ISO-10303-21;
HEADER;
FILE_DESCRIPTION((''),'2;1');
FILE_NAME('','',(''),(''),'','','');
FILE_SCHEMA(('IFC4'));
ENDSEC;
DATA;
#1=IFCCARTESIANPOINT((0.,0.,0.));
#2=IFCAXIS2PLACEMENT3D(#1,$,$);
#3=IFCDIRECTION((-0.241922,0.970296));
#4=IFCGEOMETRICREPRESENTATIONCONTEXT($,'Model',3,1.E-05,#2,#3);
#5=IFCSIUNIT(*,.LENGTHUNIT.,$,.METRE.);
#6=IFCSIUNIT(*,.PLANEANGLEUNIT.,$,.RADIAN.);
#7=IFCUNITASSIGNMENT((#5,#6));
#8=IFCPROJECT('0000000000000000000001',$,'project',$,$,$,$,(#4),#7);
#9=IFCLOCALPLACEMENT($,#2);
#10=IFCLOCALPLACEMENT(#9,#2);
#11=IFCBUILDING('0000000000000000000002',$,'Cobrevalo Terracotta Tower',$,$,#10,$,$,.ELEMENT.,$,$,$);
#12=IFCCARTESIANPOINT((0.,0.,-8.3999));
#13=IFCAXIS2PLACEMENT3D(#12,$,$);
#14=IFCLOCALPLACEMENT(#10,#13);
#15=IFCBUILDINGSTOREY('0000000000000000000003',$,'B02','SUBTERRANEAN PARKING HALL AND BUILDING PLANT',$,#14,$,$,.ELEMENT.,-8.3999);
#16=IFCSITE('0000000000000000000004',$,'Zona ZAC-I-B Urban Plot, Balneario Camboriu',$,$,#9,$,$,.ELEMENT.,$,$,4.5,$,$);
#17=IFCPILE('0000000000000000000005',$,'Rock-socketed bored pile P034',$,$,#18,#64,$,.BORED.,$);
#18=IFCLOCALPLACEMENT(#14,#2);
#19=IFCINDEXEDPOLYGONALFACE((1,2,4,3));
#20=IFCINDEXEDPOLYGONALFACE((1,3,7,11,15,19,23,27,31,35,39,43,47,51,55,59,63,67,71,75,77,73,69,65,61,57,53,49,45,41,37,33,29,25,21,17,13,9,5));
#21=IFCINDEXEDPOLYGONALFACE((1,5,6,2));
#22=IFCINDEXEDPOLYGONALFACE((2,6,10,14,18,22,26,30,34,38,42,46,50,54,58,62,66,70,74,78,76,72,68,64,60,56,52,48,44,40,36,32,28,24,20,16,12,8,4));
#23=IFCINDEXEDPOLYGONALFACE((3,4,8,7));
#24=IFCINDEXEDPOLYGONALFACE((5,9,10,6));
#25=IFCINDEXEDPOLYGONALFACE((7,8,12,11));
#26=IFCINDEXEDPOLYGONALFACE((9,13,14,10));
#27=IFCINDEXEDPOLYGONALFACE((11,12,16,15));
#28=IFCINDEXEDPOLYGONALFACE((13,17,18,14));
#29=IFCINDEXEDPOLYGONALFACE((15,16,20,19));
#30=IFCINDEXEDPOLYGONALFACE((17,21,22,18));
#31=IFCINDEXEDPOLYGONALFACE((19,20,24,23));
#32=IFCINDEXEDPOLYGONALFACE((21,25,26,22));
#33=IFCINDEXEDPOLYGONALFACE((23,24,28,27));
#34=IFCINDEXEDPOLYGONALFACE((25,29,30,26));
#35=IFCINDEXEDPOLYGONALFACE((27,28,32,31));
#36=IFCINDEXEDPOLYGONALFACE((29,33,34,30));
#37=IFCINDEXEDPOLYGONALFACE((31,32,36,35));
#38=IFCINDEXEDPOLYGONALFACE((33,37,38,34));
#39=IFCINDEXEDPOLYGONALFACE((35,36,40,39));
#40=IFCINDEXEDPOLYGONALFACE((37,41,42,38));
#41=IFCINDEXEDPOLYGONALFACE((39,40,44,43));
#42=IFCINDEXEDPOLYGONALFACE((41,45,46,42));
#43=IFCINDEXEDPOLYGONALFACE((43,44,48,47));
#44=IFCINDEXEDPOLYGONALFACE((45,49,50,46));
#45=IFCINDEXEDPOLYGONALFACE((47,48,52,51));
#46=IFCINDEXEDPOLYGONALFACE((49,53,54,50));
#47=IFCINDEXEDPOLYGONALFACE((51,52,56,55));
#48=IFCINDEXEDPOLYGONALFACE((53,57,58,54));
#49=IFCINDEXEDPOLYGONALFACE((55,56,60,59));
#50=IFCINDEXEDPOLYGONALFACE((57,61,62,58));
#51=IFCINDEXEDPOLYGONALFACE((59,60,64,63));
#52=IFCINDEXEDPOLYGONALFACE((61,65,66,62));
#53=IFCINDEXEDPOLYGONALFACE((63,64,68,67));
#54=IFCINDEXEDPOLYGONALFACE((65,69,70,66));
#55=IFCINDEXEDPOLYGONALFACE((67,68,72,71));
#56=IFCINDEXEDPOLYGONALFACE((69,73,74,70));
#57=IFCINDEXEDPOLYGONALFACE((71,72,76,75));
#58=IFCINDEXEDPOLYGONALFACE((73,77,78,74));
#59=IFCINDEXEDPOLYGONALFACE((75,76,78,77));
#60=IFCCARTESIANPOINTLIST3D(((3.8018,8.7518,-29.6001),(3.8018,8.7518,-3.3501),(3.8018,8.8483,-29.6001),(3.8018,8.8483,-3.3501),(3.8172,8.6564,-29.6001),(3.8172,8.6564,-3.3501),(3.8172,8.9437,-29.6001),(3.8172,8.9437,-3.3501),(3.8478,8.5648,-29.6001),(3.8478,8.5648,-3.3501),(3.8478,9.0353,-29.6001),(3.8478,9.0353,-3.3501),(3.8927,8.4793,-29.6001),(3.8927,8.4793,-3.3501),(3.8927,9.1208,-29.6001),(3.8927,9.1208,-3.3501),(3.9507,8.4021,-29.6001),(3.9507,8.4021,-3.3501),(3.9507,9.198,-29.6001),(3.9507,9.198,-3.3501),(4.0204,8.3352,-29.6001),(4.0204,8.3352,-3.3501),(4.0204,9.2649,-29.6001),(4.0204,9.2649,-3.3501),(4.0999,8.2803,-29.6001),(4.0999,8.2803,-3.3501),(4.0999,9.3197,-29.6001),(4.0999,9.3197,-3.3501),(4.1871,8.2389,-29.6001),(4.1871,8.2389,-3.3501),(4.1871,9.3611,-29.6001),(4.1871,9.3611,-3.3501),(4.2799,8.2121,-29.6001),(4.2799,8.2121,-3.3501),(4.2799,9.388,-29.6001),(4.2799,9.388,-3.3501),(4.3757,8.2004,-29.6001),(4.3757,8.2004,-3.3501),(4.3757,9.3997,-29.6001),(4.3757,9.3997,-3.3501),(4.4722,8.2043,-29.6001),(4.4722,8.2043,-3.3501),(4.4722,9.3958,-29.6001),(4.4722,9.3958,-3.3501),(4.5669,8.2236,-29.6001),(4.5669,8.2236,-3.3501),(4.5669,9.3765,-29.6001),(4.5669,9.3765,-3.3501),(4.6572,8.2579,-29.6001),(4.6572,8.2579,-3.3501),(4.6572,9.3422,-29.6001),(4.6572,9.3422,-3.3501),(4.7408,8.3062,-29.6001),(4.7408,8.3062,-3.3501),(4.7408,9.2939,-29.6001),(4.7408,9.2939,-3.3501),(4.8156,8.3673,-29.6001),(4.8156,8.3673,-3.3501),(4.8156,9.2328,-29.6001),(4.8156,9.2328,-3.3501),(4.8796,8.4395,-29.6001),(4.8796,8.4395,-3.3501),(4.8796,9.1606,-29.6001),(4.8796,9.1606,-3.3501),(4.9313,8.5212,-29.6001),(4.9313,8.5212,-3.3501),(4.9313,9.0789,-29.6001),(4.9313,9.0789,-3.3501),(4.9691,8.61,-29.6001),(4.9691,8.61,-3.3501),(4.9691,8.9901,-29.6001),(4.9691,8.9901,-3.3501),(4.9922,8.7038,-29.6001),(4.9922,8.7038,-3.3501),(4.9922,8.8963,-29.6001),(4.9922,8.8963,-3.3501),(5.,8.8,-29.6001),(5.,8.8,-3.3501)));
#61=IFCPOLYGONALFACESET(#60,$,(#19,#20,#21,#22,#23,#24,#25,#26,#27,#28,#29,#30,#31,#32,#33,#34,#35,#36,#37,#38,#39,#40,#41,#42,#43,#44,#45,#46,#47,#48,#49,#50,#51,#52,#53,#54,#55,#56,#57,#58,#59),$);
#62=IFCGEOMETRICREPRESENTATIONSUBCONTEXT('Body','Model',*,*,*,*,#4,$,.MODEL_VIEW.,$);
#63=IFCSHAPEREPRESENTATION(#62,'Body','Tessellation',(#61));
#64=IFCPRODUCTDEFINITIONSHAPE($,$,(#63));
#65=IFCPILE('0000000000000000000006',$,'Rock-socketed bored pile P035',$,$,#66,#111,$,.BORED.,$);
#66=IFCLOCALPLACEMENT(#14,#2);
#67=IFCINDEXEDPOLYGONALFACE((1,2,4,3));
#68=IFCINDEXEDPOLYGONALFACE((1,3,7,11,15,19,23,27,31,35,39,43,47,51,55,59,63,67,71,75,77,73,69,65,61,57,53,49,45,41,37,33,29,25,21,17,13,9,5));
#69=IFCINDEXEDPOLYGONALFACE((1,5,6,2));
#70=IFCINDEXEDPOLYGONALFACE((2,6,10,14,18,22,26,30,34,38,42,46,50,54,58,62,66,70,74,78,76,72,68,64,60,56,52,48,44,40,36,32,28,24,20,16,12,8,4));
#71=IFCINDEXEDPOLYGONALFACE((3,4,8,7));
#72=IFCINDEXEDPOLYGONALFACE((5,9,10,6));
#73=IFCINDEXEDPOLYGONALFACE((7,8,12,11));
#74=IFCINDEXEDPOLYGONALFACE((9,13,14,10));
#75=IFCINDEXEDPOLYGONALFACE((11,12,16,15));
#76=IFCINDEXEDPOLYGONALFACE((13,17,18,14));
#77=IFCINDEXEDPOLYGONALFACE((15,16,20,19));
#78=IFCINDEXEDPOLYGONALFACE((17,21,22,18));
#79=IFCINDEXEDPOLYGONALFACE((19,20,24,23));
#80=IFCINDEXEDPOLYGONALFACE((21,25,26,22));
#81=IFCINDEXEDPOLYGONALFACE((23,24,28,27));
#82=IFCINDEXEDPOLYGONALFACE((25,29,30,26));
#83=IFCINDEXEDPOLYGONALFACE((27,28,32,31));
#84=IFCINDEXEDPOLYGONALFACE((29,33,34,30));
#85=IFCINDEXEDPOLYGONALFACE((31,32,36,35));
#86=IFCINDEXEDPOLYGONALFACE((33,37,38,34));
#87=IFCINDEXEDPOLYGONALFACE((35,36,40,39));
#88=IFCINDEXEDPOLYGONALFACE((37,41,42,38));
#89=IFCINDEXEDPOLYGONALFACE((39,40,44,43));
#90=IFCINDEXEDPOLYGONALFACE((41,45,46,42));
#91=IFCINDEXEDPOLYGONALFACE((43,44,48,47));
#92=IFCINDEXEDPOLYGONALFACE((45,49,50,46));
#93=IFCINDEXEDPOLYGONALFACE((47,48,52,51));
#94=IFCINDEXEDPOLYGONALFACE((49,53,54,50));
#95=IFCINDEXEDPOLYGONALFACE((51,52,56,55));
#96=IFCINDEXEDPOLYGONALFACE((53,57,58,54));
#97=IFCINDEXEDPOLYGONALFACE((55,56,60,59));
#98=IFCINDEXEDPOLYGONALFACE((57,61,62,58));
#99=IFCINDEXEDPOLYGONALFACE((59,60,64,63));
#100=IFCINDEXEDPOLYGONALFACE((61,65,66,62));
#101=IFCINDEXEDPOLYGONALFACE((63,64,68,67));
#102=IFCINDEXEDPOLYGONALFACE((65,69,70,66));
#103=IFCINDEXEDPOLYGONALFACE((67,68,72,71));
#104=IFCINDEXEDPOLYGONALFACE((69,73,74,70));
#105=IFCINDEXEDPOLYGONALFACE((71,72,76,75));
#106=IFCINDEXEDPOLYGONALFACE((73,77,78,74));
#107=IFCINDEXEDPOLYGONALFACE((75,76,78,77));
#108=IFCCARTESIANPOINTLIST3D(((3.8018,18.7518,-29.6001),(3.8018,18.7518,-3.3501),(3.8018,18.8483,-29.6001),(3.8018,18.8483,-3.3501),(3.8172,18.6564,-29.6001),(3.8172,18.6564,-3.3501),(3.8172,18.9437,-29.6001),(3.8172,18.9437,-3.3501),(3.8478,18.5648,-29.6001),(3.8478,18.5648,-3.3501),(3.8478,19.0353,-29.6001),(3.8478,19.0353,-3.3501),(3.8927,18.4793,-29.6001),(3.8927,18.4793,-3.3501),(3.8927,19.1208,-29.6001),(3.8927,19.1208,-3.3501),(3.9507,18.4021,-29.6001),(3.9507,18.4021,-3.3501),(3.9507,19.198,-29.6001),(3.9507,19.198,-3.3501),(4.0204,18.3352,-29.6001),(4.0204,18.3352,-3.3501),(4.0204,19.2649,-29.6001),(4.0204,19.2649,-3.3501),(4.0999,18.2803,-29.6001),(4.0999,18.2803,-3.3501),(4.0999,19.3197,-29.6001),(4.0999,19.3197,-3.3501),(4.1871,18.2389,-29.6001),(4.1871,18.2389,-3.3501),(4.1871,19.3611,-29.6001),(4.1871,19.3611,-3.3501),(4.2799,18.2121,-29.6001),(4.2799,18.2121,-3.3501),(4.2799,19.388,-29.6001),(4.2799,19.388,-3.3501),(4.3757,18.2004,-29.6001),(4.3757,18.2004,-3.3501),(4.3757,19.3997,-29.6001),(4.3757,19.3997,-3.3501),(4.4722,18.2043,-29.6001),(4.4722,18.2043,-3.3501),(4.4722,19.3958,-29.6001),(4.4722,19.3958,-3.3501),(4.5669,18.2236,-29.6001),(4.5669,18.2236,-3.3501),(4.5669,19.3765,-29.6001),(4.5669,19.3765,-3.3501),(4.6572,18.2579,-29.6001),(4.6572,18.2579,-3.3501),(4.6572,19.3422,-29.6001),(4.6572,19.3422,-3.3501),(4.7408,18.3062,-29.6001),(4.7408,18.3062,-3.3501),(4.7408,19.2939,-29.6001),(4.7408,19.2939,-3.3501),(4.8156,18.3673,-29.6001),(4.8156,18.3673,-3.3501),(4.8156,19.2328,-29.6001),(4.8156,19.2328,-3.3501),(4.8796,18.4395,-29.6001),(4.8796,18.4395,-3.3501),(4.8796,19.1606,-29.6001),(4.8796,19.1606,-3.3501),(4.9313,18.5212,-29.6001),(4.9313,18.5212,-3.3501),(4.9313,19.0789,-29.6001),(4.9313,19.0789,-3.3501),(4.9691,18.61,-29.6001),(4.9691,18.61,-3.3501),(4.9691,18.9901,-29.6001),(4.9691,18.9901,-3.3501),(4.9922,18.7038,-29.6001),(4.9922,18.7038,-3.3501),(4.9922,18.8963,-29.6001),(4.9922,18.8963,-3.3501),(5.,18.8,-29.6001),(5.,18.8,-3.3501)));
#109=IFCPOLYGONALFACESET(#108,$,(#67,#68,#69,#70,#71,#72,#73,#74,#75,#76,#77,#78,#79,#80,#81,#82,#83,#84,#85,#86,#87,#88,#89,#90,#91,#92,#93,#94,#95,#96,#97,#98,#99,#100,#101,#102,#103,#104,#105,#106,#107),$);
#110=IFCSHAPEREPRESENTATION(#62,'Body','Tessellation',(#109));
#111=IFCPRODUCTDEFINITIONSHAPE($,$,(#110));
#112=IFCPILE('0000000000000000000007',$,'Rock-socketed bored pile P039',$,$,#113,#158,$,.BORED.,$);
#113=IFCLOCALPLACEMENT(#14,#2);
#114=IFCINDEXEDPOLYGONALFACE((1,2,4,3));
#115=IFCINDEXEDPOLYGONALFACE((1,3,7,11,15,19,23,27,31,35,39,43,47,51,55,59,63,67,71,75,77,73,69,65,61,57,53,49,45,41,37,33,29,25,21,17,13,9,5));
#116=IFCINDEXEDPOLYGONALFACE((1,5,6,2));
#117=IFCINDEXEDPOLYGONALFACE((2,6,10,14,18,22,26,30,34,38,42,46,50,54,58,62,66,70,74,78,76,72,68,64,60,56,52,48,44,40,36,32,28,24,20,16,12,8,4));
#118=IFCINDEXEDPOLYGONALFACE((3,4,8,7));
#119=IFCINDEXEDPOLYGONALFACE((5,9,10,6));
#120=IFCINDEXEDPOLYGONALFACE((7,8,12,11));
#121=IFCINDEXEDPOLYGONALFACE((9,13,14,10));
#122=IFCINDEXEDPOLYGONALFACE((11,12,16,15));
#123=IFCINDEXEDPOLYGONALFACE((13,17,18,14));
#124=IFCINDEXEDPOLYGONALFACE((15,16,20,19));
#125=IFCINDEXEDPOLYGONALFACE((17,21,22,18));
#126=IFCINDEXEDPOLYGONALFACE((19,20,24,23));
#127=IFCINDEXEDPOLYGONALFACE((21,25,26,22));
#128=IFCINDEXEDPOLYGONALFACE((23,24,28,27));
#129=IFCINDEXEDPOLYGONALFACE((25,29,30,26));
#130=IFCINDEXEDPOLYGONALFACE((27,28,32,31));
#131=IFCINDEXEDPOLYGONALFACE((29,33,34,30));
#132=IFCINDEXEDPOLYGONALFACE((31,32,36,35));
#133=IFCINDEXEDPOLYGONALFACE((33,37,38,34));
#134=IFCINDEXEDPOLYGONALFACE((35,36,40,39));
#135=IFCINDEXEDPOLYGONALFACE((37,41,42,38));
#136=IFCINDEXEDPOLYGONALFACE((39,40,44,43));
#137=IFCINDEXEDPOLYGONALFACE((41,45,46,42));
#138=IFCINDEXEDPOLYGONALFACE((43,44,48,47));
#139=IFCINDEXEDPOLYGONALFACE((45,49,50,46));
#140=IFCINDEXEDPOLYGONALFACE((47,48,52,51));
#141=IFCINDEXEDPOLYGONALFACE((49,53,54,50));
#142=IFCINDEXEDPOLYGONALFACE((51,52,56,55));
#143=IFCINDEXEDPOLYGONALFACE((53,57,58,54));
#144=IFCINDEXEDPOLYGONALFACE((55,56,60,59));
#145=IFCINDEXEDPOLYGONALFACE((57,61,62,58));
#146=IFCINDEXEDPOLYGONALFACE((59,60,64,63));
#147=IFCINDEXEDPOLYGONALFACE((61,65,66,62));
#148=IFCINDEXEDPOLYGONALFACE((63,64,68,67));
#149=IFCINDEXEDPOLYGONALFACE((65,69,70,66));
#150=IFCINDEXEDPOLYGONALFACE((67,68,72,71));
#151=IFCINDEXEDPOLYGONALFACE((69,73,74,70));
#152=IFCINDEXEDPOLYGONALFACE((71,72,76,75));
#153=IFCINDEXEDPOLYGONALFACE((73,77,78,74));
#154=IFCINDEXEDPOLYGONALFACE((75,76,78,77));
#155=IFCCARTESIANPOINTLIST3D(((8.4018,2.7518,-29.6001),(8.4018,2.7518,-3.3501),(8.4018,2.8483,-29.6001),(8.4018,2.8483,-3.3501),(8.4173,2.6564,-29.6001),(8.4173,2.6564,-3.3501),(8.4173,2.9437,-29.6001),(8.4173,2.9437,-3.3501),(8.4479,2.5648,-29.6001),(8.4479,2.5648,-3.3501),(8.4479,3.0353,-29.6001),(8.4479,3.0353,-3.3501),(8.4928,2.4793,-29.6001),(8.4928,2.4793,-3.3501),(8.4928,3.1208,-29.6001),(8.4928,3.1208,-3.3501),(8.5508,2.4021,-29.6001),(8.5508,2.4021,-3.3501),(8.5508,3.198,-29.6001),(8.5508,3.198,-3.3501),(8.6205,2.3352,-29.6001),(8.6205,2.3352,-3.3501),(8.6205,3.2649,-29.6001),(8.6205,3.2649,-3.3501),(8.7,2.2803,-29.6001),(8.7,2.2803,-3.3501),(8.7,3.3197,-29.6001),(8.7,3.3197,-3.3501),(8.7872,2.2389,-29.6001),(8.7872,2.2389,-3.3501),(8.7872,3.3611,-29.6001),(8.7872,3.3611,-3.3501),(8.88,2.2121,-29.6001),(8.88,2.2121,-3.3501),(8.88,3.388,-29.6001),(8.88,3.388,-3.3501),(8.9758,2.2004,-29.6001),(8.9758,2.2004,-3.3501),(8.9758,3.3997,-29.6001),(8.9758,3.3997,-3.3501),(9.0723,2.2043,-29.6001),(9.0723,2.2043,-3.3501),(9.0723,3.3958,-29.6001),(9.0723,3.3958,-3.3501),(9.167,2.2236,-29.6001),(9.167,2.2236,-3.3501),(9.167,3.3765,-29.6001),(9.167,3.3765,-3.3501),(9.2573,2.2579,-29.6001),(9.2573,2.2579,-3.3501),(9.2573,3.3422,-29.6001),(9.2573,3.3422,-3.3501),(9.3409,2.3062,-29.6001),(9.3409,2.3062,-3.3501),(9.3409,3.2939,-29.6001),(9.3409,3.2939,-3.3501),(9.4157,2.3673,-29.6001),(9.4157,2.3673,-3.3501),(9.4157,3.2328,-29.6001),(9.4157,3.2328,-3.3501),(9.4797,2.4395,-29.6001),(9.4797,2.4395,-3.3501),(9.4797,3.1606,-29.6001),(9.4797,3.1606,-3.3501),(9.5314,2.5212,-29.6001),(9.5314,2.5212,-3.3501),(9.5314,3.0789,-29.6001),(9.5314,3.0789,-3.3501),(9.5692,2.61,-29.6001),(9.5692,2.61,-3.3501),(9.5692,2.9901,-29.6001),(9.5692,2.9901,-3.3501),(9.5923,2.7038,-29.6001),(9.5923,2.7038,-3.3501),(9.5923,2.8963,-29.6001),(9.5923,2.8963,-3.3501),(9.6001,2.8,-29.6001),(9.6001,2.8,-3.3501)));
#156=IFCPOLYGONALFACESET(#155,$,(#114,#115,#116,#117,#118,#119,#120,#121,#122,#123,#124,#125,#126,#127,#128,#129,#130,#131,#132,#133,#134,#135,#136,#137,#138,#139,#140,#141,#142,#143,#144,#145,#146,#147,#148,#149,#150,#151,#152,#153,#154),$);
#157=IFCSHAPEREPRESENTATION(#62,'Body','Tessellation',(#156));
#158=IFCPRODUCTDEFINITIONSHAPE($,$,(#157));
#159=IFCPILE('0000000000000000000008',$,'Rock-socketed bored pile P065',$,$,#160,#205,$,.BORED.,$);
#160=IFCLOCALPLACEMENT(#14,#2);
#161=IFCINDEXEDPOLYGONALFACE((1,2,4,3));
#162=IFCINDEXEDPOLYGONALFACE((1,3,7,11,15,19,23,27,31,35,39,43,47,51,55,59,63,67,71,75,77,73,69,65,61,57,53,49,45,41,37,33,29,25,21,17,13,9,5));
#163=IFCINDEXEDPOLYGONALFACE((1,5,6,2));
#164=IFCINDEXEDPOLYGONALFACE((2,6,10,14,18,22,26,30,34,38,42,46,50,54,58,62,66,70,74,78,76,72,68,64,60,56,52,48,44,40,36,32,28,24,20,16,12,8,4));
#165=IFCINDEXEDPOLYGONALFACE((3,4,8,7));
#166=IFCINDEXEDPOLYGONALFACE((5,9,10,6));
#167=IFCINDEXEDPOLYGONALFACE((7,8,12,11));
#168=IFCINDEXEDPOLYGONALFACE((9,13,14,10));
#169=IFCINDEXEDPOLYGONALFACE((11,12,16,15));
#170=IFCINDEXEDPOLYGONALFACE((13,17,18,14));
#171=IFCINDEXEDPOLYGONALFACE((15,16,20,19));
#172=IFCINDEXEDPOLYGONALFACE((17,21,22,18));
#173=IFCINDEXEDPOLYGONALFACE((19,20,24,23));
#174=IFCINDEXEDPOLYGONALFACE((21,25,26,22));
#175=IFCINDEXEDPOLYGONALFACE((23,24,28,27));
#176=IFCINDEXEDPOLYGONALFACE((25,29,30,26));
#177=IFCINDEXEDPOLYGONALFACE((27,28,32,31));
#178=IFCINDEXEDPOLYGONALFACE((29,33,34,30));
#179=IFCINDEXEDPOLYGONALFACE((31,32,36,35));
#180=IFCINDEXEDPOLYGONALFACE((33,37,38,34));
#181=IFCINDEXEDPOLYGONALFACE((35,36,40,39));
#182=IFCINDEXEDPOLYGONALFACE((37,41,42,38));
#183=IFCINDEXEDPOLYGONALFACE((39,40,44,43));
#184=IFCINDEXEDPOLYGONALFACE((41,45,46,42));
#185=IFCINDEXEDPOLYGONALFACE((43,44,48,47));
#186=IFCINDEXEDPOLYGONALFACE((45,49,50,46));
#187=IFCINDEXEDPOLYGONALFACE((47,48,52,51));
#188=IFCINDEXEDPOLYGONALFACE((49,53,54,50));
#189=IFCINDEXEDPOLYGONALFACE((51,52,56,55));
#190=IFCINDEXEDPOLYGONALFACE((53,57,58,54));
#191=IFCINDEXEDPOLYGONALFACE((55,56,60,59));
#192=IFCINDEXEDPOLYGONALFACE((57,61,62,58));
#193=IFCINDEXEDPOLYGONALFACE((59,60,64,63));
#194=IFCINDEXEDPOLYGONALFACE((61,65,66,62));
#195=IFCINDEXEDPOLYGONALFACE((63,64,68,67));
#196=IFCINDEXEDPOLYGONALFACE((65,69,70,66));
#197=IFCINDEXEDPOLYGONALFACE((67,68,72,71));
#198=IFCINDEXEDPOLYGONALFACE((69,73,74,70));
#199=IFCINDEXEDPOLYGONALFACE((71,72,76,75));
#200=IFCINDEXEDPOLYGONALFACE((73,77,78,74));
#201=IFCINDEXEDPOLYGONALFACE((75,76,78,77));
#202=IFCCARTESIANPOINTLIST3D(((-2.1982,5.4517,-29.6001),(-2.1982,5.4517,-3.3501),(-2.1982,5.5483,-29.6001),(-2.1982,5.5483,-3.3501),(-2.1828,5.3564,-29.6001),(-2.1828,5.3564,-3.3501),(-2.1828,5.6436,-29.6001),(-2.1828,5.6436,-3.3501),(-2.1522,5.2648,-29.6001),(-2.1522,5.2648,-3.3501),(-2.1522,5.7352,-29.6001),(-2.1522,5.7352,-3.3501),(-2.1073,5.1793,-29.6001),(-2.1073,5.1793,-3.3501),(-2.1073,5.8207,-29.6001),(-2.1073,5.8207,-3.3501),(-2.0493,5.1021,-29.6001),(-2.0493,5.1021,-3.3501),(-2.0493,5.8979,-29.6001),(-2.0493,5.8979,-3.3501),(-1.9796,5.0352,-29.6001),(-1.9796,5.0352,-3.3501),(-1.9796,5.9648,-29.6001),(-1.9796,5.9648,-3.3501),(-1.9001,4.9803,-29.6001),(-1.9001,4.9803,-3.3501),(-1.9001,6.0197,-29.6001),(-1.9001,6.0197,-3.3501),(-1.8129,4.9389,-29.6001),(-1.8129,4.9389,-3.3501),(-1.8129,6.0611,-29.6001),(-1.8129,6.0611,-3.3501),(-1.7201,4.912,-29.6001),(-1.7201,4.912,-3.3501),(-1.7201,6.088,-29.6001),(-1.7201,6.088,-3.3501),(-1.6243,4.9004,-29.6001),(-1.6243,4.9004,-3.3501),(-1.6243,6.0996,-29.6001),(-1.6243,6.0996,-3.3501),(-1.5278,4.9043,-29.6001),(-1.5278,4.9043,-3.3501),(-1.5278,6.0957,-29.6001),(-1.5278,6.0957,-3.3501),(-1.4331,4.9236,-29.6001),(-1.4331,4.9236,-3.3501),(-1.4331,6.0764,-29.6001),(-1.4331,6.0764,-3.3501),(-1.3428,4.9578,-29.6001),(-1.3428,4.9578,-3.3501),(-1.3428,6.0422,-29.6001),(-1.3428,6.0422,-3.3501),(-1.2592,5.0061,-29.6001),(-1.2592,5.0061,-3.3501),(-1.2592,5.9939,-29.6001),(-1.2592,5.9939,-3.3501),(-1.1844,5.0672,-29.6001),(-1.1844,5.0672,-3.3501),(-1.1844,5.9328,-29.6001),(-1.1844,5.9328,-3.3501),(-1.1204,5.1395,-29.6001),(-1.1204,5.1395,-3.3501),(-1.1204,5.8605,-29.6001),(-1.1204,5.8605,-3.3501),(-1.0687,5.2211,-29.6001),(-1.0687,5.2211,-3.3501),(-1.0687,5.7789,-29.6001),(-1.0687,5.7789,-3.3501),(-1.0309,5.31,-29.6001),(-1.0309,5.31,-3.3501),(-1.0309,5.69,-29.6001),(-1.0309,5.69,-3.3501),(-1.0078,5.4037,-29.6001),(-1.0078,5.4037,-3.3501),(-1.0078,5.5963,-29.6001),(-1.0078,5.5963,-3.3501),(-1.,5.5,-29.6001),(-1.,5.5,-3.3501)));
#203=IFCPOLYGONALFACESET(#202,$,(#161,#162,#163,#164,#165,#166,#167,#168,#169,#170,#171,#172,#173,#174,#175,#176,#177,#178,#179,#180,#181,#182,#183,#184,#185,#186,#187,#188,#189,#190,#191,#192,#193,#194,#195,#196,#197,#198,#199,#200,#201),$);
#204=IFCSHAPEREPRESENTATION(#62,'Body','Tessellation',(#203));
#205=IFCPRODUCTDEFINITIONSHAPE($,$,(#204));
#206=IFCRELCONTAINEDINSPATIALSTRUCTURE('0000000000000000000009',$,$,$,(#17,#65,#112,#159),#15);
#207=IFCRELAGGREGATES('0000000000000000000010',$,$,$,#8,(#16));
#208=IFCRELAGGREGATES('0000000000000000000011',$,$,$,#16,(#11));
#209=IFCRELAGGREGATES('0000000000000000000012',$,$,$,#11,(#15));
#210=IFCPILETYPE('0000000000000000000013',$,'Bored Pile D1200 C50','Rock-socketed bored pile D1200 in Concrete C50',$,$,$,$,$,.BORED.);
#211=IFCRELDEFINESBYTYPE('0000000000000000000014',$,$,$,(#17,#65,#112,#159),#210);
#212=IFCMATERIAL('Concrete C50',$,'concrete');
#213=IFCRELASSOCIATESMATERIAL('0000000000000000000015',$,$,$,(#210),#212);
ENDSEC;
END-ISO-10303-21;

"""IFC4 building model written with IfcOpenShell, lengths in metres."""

from ifc_helpers import new_model, si_unit, direction, frame, origin, origin_2d, place, context, subcontext, project, spatial, circle, extrude, material, material_profile, profile_set, type_object, element, save


model = new_model("IFC4")

# Units and contexts
model_context = context("Model", 3, precision=1e-05, world=origin(), true_north=direction((-0.241922, 0.970296)))
body_context = subcontext(model_context, "Body", "Model", "MODEL_VIEW")
ifc_project = project(units=[si_unit("LENGTHUNIT", "METRE"), si_unit("PLANEANGLEUNIT", "RADIAN")], contexts=[model_context])

# Site, building, storey
site_placement = place(None, origin())
site = spatial("IfcSite", under=ifc_project, at=site_placement, Name="Zona ZAC-I-B Urban Plot, Balneario Camboriu", CompositionType="ELEMENT", RefElevation=4.5)
building_placement = place(site_placement, origin())
building = spatial("IfcBuilding", under=site, at=building_placement, Name="Cobrevalo Terracotta Tower", CompositionType="ELEMENT")
storey_placement = place(building_placement, frame((0.0, 0.0, -8.3999)))
storey = spatial("IfcBuildingStorey", under=building, at=storey_placement, Name="B02", Description="SUBTERRANEAN PARKING HALL AND BUILDING PLANT", CompositionType="ELEMENT", Elevation=-8.3999)

# Piles
ifc_material_1 = material(Name="Concrete C50", Category="concrete")
ifc_material_profile_1 = material_profile(ifc_material_1, circle(Radius=0.6001, at=origin_2d()), Name="PILE D1200")
ifc_profile_set_1 = profile_set([ifc_material_profile_1], Name="Concrete C50")
pile_type = type_object("IfcPileType", Name="Bored Pile D1200 C50", Description="Rock-socketed bored pile D1200 in Concrete C50", PredefinedType="BORED", material=ifc_profile_set_1)
for number, where, z_axis, x_axis, name in (
    (1, (4.3999, 8.8, -3.3501), (0.0, 0.0, -1.0), (1.0, 0.0, 0.0), "Rock-socketed bored pile P034"),
    (2, (4.3999, 18.8, -3.3501), (0.0, 0.0, -1.0), (1.0, 0.0, 0.0), "Rock-socketed bored pile P035"),
    (3, (9.0, 2.8, -3.3501), (0.0, 0.0, -1.0), (1.0, 0.0, 0.0), "Rock-socketed bored pile P039"),
    (4, (-1.6001, 5.5, -3.3501), (0.0, 0.0, -1.0), (1.0, 0.0, 0.0), "Rock-socketed bored pile P065"),
):
    element("IfcPile", number, at=place(storey_placement, frame(where, z_axis=z_axis, x_axis=x_axis)), inside=storey, type_object=pile_type, Name=name, PredefinedType="BORED", context=body_context, shape_type="SweptSolid", body=[
        extrude(circle(Radius=0.6001, at=origin_2d()), origin(), (0.0, 0.0, 1.0), 26.25),
    ])

save(model, "model.ifc")
